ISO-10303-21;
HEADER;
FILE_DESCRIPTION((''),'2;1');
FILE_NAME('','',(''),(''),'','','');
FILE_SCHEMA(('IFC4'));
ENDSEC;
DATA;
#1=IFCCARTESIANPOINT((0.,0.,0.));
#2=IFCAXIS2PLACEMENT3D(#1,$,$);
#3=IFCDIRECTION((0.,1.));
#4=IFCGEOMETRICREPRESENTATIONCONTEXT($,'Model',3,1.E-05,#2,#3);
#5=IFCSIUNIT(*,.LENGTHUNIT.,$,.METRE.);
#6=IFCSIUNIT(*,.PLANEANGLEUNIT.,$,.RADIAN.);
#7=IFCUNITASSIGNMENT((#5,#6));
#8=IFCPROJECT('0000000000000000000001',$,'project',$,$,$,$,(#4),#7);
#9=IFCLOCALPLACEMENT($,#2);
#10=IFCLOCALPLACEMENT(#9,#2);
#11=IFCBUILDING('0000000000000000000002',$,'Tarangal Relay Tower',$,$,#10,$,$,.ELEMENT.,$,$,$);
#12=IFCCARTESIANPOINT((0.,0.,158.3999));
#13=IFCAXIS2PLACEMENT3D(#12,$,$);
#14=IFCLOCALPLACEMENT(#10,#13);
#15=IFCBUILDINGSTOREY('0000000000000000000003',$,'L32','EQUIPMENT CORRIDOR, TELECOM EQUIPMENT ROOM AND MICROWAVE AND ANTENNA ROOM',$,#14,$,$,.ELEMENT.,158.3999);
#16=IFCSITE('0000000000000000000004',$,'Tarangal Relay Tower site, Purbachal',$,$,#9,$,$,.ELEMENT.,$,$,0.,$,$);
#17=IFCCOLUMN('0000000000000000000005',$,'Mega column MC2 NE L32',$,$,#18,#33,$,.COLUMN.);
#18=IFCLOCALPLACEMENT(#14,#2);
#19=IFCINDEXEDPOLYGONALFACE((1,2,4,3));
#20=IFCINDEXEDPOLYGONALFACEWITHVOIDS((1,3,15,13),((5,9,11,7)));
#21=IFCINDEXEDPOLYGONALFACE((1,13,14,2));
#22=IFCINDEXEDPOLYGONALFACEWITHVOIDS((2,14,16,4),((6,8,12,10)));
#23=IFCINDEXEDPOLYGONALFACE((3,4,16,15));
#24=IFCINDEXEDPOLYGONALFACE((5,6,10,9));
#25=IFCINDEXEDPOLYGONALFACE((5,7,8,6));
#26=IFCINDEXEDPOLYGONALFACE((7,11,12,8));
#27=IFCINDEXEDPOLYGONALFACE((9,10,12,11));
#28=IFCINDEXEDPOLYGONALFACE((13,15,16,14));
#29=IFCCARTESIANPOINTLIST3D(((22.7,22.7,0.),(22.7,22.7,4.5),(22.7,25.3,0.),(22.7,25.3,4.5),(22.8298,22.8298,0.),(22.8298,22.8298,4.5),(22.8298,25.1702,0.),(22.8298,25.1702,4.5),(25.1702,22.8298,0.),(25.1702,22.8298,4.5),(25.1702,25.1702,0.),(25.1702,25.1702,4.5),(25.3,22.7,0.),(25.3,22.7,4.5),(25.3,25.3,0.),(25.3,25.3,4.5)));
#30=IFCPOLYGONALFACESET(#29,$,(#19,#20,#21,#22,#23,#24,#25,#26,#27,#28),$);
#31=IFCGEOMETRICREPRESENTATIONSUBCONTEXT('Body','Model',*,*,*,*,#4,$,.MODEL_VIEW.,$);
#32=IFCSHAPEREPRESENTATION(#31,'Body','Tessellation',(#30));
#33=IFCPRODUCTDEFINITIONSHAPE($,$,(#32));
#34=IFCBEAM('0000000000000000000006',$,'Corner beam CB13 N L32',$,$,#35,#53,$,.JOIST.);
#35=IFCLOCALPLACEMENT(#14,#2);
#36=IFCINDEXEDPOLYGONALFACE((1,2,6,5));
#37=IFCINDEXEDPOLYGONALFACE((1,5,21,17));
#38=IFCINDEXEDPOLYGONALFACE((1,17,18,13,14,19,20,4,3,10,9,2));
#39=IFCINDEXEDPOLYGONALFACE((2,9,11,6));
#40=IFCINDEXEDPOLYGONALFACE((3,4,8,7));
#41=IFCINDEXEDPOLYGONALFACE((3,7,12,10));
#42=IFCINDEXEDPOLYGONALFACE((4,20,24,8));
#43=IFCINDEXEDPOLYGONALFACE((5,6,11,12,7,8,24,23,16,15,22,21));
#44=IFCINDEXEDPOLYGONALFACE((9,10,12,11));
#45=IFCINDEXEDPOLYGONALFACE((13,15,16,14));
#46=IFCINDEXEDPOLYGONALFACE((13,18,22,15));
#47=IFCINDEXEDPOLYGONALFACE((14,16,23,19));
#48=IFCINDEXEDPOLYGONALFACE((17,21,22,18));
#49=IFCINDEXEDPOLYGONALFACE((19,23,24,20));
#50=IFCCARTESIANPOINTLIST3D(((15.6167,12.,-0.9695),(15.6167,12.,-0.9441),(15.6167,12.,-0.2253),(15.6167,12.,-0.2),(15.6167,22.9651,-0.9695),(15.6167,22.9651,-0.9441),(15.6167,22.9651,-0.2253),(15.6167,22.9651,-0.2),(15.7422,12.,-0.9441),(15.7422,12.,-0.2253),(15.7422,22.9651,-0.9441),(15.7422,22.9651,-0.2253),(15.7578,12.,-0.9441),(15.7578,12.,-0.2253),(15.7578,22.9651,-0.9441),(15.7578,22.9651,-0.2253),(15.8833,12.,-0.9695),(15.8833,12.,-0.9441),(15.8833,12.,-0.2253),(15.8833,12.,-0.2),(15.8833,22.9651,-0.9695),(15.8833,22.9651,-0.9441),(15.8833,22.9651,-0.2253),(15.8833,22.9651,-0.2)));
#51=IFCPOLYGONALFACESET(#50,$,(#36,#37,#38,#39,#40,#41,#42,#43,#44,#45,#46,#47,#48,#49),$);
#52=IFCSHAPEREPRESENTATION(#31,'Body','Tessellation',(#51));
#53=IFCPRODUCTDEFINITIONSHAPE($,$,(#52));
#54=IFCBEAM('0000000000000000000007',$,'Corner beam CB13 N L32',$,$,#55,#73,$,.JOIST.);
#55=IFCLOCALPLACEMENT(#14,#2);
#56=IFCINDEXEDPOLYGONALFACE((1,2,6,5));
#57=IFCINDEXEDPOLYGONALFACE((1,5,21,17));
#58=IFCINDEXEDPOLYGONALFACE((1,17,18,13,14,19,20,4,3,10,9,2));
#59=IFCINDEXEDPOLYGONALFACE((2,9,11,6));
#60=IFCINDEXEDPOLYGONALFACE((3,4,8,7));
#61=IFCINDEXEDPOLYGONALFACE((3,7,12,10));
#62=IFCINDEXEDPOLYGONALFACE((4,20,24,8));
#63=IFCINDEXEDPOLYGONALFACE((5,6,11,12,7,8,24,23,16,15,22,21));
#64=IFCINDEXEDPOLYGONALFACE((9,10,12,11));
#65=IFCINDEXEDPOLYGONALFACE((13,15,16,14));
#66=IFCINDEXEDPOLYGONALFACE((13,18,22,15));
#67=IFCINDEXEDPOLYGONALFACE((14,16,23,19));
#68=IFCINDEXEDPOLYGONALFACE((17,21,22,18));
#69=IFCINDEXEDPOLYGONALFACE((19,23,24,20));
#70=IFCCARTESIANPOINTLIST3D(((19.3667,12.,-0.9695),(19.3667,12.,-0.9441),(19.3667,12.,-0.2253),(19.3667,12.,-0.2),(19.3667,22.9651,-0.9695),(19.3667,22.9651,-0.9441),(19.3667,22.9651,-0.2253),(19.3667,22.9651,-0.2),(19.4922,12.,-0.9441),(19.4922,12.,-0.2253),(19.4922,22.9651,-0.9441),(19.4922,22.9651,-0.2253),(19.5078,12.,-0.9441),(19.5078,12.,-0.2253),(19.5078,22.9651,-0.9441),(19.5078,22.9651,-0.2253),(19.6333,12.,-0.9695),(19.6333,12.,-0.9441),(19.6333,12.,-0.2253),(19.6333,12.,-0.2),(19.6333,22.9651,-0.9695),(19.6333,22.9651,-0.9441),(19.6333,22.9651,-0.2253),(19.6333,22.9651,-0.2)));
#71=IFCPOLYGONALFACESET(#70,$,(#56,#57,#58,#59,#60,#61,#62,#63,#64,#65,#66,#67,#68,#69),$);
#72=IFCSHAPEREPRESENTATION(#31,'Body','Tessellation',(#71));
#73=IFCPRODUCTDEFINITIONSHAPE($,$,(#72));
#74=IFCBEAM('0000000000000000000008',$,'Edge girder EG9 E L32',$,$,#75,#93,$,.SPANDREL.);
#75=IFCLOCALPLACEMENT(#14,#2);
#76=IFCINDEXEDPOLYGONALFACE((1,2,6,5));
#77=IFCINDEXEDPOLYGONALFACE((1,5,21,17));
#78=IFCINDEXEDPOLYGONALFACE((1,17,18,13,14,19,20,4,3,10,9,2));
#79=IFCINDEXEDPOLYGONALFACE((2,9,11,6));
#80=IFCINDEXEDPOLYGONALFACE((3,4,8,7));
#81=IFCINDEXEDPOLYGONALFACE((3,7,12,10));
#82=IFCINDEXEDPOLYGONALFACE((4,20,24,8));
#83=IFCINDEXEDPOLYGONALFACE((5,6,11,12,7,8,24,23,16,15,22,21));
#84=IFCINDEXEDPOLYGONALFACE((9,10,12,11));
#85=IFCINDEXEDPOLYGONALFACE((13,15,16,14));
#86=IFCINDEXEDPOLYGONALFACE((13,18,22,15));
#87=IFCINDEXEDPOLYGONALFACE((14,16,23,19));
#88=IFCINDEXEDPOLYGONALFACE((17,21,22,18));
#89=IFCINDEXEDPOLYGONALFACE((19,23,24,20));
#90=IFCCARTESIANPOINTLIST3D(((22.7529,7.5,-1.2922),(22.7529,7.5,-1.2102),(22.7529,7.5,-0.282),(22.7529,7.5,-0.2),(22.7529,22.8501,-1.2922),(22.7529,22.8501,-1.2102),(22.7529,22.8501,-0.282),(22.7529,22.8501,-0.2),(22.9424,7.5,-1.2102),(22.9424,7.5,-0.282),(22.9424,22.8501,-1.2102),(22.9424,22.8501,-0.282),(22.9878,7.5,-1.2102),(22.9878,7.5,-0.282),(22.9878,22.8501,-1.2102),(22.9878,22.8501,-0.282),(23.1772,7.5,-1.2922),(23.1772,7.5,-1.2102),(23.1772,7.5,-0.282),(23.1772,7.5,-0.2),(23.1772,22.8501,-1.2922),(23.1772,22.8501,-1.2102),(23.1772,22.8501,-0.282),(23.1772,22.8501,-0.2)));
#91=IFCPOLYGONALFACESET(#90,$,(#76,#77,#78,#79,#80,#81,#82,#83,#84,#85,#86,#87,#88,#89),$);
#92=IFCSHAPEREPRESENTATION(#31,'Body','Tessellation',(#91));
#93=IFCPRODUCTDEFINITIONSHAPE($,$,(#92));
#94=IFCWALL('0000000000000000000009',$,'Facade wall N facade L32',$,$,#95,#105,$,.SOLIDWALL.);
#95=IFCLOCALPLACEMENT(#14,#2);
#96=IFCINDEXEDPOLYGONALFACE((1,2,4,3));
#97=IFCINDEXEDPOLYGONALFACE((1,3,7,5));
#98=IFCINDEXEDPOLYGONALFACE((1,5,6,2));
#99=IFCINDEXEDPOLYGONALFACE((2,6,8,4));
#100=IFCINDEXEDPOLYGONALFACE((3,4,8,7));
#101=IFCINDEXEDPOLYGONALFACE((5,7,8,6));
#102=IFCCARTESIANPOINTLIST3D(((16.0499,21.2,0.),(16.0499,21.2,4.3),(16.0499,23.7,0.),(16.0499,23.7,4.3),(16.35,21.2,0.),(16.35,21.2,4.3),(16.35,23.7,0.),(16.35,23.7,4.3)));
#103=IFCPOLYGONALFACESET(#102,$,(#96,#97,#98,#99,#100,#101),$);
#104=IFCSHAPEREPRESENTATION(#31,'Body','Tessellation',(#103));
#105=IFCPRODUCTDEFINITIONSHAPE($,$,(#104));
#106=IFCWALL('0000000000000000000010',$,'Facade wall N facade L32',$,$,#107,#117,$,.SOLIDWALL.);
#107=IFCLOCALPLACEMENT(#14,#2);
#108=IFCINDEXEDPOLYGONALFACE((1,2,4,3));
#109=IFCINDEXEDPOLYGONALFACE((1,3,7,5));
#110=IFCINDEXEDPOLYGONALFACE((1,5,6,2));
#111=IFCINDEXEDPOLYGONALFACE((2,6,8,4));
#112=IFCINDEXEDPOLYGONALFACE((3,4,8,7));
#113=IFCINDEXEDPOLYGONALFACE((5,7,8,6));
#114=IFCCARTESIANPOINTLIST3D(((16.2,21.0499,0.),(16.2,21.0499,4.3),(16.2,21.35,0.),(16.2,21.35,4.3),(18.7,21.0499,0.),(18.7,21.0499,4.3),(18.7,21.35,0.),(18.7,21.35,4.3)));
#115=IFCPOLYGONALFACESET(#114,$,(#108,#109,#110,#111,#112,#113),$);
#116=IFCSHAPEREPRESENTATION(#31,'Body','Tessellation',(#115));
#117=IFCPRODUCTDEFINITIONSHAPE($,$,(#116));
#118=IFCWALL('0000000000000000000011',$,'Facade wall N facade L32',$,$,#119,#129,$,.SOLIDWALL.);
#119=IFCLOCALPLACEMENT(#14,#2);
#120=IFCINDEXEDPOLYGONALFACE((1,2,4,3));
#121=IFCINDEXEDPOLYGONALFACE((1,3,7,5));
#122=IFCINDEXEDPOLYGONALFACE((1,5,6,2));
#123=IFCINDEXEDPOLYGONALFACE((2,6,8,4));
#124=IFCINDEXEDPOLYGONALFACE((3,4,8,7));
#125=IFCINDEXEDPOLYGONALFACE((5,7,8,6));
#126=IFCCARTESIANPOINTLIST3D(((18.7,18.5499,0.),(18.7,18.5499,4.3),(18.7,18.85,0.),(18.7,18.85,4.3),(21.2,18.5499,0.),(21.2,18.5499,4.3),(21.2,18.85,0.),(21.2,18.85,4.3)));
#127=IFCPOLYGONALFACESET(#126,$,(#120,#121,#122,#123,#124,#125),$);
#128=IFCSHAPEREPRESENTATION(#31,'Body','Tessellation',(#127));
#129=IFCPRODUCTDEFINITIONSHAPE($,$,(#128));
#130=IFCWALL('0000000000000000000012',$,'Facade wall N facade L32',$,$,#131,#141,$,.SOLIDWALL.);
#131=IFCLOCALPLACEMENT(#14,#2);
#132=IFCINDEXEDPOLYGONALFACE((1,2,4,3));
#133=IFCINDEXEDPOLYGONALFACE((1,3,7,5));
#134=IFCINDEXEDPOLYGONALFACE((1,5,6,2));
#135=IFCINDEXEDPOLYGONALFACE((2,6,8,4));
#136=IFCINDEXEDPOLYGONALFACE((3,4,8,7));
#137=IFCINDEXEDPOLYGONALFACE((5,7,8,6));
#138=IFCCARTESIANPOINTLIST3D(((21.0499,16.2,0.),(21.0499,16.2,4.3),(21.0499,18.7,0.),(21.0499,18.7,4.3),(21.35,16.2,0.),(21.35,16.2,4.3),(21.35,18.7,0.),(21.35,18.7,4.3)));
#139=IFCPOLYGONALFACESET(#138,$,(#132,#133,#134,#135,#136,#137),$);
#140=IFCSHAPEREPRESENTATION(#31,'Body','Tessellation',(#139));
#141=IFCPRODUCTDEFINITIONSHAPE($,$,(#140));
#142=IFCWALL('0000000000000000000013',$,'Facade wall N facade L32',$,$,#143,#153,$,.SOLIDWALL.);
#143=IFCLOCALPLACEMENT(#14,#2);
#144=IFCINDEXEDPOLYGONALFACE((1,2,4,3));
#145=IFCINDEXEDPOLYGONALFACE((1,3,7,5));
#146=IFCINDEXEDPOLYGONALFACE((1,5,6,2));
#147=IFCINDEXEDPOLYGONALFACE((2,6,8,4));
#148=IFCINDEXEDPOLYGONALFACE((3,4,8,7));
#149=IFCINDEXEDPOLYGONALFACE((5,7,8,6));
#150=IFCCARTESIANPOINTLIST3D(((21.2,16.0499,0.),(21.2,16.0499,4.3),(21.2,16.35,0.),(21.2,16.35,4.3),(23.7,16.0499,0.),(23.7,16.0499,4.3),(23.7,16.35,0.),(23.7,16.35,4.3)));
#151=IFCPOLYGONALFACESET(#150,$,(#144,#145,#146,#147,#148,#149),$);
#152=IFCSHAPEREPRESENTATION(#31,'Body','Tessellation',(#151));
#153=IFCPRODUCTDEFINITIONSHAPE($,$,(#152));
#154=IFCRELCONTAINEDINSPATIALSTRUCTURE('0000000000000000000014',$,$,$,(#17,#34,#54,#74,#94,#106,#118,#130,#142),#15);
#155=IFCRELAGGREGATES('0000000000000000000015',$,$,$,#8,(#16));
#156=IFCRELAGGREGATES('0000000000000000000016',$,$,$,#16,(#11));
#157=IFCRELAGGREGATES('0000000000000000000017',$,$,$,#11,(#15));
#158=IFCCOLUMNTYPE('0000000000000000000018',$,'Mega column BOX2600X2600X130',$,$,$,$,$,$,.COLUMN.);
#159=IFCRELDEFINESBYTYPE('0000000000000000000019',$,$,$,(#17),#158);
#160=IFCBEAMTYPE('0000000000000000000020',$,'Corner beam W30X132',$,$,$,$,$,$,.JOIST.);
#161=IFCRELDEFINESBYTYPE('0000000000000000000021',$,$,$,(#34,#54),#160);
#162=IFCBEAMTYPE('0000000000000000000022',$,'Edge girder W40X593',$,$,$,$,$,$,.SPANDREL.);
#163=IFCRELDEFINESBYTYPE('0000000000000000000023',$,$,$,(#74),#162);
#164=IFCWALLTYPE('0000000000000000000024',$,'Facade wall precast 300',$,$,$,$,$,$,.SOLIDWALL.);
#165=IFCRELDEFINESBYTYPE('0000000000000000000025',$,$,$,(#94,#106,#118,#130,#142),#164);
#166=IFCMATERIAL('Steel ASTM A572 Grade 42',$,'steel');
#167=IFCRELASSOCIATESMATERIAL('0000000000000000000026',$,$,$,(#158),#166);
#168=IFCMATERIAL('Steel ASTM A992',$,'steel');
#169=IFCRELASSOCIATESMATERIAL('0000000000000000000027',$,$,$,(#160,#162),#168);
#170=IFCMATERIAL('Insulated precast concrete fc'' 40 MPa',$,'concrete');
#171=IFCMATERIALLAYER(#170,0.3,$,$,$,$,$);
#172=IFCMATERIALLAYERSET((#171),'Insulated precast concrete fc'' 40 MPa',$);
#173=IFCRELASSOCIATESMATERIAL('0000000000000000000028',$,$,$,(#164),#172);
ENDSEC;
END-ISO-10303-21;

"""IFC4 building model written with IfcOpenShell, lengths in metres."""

from ifc_helpers import new_model, si_unit, direction, frame, frame_2d, origin, origin_2d, place, context, subcontext, project, spatial, rectangle, hollow_rectangle, i_section, extrude, material, layer, layer_set, material_profile, profile_set, type_object, element, save


model = new_model("IFC4")

# Units and contexts
model_context = context("Model", 3, precision=1e-05, world=origin(), true_north=direction((0.0, 1.0)))
body_context = subcontext(model_context, "Body", "Model", "MODEL_VIEW")
ifc_project = project(units=[si_unit("LENGTHUNIT", "METRE"), si_unit("PLANEANGLEUNIT", "RADIAN")], contexts=[model_context])

# Site, building, storey
site_placement = place(None, origin())
site = spatial("IfcSite", under=ifc_project, at=site_placement, Name="Tarangal Relay Tower site, Purbachal", CompositionType="ELEMENT", RefElevation=0.0)
building_placement = place(site_placement, origin())
building = spatial("IfcBuilding", under=site, at=building_placement, Name="Tarangal Relay Tower", CompositionType="ELEMENT")
storey_placement = place(building_placement, frame((0.0, 0.0, 158.3999)))
storey = spatial("IfcBuildingStorey", under=building, at=storey_placement, Name="L32", Description="EQUIPMENT CORRIDOR, TELECOM EQUIPMENT ROOM AND MICROWAVE AND ANTENNA ROOM", CompositionType="ELEMENT", Elevation=158.3999)

# Column
ifc_material_1 = material(Name="Steel ASTM A572 Grade 42", Category="steel")
ifc_material_profile_1 = material_profile(ifc_material_1, hollow_rectangle(XDim=2.6001, YDim=2.6001, WallThickness=0.1299, at=origin_2d()), Name="BOX2600X2600X130")
ifc_profile_set_1 = profile_set([ifc_material_profile_1], Name="Steel ASTM A572 Grade 42")
column_type = type_object("IfcColumnType", Name="Mega column BOX2600X2600X130", PredefinedType="COLUMN", material=ifc_profile_set_1)
column_placement = place(storey_placement, frame((24.0, 24.0, 0.0), z_axis=(0.0, 0.0, 1.0), x_axis=(1.0, 0.0, 0.0)))
element("IfcColumn", 1, at=column_placement, inside=storey, type_object=column_type, Name="Mega column MC2 NE L32", PredefinedType="COLUMN", context=body_context, shape_type="SweptSolid", body=[
    extrude(hollow_rectangle(XDim=2.6001, YDim=2.6001, WallThickness=0.1299, at=origin_2d()), origin(), (0.0, 0.0, 1.0), 4.5),
])

# Beams
ifc_material_2 = material(Name="Steel ASTM A992", Category="steel")
ifc_material_profile_2 = material_profile(ifc_material_2, i_section(OverallWidth=0.2666, OverallDepth=0.7695, WebThickness=0.0156, FlangeThickness=0.0254, at=origin_2d()), Name="W30X132")
ifc_profile_set_2 = profile_set([ifc_material_profile_2], Name="Steel ASTM A992")
beam_type_1 = type_object("IfcBeamType", Name="Corner beam W30X132", PredefinedType="JOIST", material=ifc_profile_set_2)
for number, where, z_axis, x_axis, name in (
    (2, (15.75, 12.0, -0.5847), (0.0, 1.0, 0.0), (-1.0, 0.0, 0.0), "Corner beam CB13 N L32"),
    (3, (19.5, 12.0, -0.5847), (0.0, 1.0, 0.0), (-1.0, 0.0, 0.0), "Corner beam CB13 N L32"),
):
    element("IfcBeam", number, at=place(storey_placement, frame(where, z_axis=z_axis, x_axis=x_axis)), inside=storey, type_object=beam_type_1, Name=name, PredefinedType="JOIST", context=body_context, shape_type="SweptSolid", body=[
        extrude(i_section(OverallWidth=0.2666, OverallDepth=0.7695, WebThickness=0.0156, FlangeThickness=0.0254, at=origin_2d()), origin(), (0.0, 0.0, 1.0), 10.9651),
    ])
ifc_material_profile_3 = material_profile(ifc_material_2, i_section(OverallWidth=0.4243, OverallDepth=1.0923, WebThickness=0.0454, FlangeThickness=0.082, at=origin_2d()), Name="W40X593")
ifc_profile_set_3 = profile_set([ifc_material_profile_3], Name="Steel ASTM A992")
beam_type_2 = type_object("IfcBeamType", Name="Edge girder W40X593", PredefinedType="SPANDREL", material=ifc_profile_set_3)
beam_placement = place(storey_placement, frame((22.9651, 22.8501, -0.7461), z_axis=(0.0, -1.0, 0.0), x_axis=(1.0, 0.0, 0.0)))
element("IfcBeam", 4, at=beam_placement, inside=storey, type_object=beam_type_2, Name="Edge girder EG9 E L32", PredefinedType="SPANDREL", context=body_context, shape_type="SweptSolid", body=[
    extrude(i_section(OverallWidth=0.4243, OverallDepth=1.0923, WebThickness=0.0454, FlangeThickness=0.082, at=origin_2d()), origin(), (0.0, 0.0, 1.0), 15.3501),
])

# Walls
ifc_material_3 = material(Name="Insulated precast concrete fc' 40 MPa", Category="concrete")
ifc_layer_1 = layer(ifc_material_3, 0.3)
ifc_layer_set_1 = layer_set([ifc_layer_1], Name="Insulated precast concrete fc' 40 MPa")
wall_type_1 = type_object("IfcWallType", Name="Facade wall precast 300", PredefinedType="SOLIDWALL", material=ifc_layer_set_1)
for number, where, z_axis, x_axis, name in (
    (5, (16.2, 23.7, 0.0), (0.0, 0.0, 1.0), (0.0, -1.0, 0.0), "Facade wall N facade L32"),
    (6, (16.2, 21.2, 0.0), (0.0, 0.0, 1.0), (1.0, 0.0, 0.0), "Facade wall N facade L32"),
):
    element("IfcWall", number, at=place(storey_placement, frame(where, z_axis=z_axis, x_axis=x_axis)), inside=storey, type_object=wall_type_1, Name=name, PredefinedType="SOLIDWALL", context=body_context, shape_type="SweptSolid", body=[
        extrude(rectangle(XDim=2.5, YDim=0.3, at=frame_2d((1.25, 0.0))), origin(), (0.0, 0.0, 1.0), 4.3),
    ])

# Walls
for number, where, z_axis, x_axis, name in (
    (7, (18.7, 18.7, 0.0), (0.0, 0.0, 1.0), (1.0, 0.0, 0.0), "Facade wall N facade L32"),
    (8, (21.2, 18.7, 0.0), (0.0, 0.0, 1.0), (0.0, -1.0, 0.0), "Facade wall N facade L32"),
    (9, (21.2, 16.2, 0.0), (0.0, 0.0, 1.0), (1.0, 0.0, 0.0), "Facade wall N facade L32"),
):
    element("IfcWall", number, at=place(storey_placement, frame(where, z_axis=z_axis, x_axis=x_axis)), inside=storey, type_object=wall_type_1, Name=name, PredefinedType="SOLIDWALL", context=body_context, shape_type="SweptSolid", body=[
        extrude(rectangle(XDim=2.5, YDim=0.3, at=frame_2d((1.25, 0.0))), origin(), (0.0, 0.0, 1.0), 4.3),
    ])

save(model, "model.ifc")
